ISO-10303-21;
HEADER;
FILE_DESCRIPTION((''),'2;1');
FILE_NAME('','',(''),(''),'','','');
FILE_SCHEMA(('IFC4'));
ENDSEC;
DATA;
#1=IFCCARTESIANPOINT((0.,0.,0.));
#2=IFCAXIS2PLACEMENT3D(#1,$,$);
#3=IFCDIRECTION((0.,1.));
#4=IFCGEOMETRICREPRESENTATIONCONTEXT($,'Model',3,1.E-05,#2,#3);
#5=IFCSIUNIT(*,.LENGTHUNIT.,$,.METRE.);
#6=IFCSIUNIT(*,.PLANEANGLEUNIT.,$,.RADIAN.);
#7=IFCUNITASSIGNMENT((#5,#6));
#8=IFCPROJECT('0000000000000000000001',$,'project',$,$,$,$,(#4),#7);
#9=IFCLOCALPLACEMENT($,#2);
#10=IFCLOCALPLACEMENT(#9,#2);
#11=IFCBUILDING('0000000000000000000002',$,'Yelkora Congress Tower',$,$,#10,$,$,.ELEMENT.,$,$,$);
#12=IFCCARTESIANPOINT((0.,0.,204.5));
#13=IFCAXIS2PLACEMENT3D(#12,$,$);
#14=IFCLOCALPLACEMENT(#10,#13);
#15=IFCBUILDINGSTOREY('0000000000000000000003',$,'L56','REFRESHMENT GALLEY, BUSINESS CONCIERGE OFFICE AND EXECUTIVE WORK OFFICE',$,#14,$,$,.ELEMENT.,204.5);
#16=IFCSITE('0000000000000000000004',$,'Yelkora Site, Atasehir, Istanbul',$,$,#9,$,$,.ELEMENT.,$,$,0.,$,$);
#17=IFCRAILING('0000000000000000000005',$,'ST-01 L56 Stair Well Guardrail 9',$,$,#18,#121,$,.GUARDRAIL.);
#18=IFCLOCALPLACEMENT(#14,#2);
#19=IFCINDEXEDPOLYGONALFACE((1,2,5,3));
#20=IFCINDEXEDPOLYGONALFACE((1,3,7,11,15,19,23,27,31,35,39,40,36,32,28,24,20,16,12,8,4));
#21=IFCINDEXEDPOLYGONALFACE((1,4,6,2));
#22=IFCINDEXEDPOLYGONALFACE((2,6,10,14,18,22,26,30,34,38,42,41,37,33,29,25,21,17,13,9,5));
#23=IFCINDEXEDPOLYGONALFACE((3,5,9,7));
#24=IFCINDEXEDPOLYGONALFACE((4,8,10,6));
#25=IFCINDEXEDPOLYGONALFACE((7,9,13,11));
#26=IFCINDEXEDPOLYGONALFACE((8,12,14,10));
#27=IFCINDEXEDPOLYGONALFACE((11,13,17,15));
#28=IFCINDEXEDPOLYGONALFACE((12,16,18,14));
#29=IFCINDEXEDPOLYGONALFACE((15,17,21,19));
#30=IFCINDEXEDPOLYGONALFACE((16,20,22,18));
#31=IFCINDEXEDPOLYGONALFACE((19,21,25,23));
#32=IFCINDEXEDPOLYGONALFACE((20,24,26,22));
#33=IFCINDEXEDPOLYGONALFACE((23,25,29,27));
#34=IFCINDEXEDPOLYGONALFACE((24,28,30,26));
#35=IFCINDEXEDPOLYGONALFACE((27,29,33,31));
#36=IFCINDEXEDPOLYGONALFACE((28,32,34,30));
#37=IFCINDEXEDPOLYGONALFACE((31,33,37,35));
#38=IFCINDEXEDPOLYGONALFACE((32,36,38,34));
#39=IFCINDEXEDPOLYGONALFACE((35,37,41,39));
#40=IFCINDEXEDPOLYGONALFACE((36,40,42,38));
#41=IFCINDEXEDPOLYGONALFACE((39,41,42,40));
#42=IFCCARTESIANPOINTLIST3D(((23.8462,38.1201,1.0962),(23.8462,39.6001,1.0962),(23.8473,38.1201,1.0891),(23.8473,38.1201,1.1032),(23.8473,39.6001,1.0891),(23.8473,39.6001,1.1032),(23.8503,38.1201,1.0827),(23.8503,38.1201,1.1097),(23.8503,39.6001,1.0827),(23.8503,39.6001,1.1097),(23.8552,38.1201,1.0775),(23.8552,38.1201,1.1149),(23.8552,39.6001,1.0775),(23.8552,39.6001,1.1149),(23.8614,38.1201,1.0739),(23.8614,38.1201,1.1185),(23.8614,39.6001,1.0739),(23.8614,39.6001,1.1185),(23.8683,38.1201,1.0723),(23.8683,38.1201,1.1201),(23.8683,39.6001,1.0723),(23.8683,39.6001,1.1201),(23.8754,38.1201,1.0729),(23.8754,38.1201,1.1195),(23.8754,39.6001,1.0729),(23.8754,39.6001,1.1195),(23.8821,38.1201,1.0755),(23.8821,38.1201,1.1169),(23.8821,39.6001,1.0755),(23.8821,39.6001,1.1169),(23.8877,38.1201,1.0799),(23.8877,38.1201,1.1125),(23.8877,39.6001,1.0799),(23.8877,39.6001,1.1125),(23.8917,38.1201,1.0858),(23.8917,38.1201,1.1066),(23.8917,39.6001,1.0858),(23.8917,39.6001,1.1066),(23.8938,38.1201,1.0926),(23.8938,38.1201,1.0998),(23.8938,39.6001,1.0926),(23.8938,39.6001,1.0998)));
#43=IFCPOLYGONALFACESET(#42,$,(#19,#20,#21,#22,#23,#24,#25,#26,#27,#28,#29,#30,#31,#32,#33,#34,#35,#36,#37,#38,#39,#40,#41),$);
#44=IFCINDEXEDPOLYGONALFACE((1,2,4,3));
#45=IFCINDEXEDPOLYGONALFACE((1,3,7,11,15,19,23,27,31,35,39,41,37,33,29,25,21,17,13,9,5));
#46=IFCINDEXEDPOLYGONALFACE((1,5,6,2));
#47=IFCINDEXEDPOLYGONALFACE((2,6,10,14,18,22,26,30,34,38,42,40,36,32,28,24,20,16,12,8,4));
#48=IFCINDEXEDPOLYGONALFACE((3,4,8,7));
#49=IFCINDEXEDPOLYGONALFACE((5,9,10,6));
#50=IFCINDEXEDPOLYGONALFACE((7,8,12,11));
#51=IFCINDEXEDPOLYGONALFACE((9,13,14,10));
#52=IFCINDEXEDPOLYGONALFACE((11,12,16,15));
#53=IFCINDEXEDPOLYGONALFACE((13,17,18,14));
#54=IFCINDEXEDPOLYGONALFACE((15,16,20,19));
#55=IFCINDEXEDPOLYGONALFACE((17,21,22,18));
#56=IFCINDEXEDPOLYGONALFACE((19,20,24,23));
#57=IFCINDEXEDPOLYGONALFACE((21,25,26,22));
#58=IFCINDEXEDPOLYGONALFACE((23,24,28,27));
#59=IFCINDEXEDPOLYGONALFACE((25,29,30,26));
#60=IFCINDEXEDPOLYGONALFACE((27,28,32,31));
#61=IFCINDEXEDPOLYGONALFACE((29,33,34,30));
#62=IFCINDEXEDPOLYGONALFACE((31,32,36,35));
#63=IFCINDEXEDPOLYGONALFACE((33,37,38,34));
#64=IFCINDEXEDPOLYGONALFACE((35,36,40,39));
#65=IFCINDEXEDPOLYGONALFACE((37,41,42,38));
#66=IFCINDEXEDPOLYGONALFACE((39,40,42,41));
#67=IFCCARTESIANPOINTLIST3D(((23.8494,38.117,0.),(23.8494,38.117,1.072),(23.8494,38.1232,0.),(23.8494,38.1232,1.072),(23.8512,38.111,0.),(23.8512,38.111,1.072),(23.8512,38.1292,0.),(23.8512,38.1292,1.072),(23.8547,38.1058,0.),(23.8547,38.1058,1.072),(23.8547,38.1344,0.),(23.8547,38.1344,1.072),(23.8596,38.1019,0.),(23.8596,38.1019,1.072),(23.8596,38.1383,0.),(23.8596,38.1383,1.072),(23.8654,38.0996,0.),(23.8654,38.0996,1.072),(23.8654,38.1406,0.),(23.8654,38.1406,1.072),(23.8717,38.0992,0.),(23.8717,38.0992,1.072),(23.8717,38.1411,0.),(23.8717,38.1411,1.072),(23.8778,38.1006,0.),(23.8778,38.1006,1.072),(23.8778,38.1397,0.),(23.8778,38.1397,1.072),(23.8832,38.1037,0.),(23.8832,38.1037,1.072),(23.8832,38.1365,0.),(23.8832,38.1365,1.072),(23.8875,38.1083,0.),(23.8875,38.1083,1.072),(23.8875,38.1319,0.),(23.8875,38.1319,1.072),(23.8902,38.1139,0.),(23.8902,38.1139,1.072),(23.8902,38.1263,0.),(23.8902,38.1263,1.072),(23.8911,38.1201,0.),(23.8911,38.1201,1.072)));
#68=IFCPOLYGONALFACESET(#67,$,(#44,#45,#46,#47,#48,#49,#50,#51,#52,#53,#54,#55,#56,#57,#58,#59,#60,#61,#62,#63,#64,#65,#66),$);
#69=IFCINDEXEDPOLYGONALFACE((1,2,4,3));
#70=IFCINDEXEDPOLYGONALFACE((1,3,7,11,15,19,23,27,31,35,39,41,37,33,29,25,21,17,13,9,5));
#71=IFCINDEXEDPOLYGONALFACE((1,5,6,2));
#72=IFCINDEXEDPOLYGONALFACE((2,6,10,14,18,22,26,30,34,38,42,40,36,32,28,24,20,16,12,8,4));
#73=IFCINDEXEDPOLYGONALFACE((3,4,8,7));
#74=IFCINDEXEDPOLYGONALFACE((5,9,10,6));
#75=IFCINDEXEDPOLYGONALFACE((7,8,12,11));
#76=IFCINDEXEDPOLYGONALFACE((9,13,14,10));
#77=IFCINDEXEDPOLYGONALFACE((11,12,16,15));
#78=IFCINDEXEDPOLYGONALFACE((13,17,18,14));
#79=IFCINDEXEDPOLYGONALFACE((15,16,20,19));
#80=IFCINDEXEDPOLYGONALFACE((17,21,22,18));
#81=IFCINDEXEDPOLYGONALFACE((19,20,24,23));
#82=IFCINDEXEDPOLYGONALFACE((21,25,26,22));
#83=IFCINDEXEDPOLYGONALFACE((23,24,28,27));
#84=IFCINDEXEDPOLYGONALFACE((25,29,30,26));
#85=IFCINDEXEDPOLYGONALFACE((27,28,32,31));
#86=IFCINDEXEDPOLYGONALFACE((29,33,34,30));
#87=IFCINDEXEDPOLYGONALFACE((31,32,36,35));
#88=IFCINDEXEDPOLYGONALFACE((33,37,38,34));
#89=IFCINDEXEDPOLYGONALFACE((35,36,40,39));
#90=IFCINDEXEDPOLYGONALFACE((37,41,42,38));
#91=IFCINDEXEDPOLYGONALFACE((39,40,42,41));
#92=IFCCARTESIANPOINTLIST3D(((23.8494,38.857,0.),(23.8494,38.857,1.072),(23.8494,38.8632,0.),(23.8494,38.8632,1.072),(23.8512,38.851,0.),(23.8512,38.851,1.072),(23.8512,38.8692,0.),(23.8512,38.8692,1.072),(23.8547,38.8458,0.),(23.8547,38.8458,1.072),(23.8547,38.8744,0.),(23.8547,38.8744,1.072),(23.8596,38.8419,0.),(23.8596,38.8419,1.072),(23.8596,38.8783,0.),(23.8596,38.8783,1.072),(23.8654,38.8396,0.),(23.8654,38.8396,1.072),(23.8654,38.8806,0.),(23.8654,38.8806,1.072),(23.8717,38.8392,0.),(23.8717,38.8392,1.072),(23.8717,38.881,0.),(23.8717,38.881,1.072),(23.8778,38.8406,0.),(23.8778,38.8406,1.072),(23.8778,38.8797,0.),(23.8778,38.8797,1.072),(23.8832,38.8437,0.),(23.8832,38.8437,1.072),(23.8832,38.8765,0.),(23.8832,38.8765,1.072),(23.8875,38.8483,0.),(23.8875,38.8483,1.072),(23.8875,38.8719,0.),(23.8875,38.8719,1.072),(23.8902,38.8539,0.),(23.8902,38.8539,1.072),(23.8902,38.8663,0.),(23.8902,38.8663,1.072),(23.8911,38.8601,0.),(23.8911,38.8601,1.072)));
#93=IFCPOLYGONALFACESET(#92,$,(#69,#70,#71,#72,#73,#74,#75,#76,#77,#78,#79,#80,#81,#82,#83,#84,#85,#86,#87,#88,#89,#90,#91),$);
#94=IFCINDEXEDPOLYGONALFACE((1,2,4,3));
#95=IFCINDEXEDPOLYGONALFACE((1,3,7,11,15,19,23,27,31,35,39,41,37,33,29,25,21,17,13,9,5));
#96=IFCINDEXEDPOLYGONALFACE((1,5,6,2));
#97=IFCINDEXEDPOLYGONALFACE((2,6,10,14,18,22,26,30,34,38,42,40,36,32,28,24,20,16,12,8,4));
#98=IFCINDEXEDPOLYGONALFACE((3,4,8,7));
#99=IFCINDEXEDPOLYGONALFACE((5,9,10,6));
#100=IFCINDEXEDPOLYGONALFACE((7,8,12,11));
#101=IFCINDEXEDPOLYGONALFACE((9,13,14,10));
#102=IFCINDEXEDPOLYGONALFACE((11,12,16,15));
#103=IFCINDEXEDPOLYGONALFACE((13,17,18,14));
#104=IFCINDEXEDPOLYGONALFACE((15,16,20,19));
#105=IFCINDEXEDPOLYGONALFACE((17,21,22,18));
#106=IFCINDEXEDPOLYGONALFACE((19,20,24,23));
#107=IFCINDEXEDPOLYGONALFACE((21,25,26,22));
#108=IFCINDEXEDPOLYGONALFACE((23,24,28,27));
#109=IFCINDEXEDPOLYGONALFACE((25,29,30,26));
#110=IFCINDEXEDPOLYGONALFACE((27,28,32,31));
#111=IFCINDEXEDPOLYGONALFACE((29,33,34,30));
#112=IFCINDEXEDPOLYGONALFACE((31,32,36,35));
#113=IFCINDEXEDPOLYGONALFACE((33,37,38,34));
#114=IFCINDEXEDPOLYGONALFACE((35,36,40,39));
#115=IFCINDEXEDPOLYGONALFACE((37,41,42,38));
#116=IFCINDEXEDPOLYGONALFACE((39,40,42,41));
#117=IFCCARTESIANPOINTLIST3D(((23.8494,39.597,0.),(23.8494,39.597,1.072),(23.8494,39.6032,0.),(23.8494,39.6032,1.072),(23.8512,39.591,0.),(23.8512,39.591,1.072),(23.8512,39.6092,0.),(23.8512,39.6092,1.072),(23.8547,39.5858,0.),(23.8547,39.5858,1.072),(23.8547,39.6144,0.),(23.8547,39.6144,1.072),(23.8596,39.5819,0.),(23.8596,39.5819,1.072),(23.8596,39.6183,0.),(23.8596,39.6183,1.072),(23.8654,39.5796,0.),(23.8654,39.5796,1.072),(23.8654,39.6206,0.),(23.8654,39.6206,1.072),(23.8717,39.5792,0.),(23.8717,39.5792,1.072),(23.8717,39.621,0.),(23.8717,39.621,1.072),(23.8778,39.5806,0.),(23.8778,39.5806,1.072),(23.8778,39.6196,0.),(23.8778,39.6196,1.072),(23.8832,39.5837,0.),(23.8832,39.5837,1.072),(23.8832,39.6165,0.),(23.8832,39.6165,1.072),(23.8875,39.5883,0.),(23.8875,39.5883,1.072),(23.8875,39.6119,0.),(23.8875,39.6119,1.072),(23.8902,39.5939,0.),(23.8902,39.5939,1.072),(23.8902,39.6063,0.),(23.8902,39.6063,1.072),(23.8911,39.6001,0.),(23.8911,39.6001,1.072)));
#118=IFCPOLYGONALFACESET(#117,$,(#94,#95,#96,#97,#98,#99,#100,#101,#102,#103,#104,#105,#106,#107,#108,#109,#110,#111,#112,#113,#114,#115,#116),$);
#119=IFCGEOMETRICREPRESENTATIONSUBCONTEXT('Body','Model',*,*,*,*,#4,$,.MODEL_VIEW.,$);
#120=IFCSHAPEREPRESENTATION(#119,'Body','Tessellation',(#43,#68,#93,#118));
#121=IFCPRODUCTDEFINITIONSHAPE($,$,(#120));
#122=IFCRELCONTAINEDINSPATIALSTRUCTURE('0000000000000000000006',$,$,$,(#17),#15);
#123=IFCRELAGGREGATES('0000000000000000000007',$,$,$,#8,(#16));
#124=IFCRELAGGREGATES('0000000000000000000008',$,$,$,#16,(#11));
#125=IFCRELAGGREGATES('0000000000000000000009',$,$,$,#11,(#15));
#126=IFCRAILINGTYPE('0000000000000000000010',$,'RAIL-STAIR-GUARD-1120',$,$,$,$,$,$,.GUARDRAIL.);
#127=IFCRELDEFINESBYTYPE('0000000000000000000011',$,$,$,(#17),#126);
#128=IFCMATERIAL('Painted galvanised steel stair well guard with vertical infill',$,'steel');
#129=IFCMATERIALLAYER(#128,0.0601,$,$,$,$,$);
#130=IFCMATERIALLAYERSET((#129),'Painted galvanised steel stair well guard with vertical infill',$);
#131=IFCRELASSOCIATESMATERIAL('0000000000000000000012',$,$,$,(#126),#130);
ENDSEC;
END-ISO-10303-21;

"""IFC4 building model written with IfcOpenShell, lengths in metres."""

from ifc_helpers import new_model, si_unit, direction, frame, origin, origin_2d, place, context, subcontext, project, spatial, circle, extrude, material, layer, layer_set, type_object, element, save


model = new_model("IFC4")

# Units and contexts
model_context = context("Model", 3, precision=1e-05, world=origin(), true_north=direction((0.0, 1.0)))
body_context = subcontext(model_context, "Body", "Model", "MODEL_VIEW")
ifc_project = project(units=[si_unit("LENGTHUNIT", "METRE"), si_unit("PLANEANGLEUNIT", "RADIAN")], contexts=[model_context])

# Site, building, storey
site_placement = place(None, origin())
site = spatial("IfcSite", under=ifc_project, at=site_placement, Name="Yelkora Site, Atasehir, Istanbul", CompositionType="ELEMENT", RefElevation=0.0)
building_placement = place(site_placement, origin())
building = spatial("IfcBuilding", under=site, at=building_placement, Name="Yelkora Congress Tower", CompositionType="ELEMENT")
storey_placement = place(building_placement, frame((0.0, 0.0, 204.5)))
storey = spatial("IfcBuildingStorey", under=building, at=storey_placement, Name="L56", Description="REFRESHMENT GALLEY, BUSINESS CONCIERGE OFFICE AND EXECUTIVE WORK OFFICE", CompositionType="ELEMENT", Elevation=204.5)

# Railing
ifc_material_1 = material(Name="Painted galvanised steel stair well guard with vertical infill", Category="steel")
ifc_layer_1 = layer(ifc_material_1, 0.0601)
ifc_layer_set_1 = layer_set([ifc_layer_1], Name="Painted galvanised steel stair well guard with vertical infill")
railing_type = type_object("IfcRailingType", Name="RAIL-STAIR-GUARD-1120", PredefinedType="GUARDRAIL", material=ifc_layer_set_1)
railing_1_placement = place(storey_placement, frame((23.8701, 38.1201, 0.0)))
element("IfcRailing", 1, at=railing_1_placement, inside=storey, type_object=railing_type, Name="ST-01 L56 Stair Well Guardrail 9", PredefinedType="GUARDRAIL", context=body_context, shape_type="SweptSolid", body=[
    extrude(circle(Radius=0.0239, at=origin_2d()), frame((0.0, 0.0, 1.0962), z_axis=(0.0, 1.0, 0.0), x_axis=(-1.0, 0.0, 0.0)), (0.0, 0.0, 1.0), 1.48),
    extrude(circle(Radius=0.021, at=origin_2d()), origin(), (0.0, 0.0, 1.0), 1.072),
    extrude(circle(Radius=0.021, at=origin_2d()), frame((0.0, 0.74, 0.0)), (0.0, 0.0, 1.0), 1.072),
    extrude(circle(Radius=0.021, at=origin_2d()), frame((0.0, 1.48, 0.0)), (0.0, 0.0, 1.0), 1.072),
])

save(model, "model.ifc")
